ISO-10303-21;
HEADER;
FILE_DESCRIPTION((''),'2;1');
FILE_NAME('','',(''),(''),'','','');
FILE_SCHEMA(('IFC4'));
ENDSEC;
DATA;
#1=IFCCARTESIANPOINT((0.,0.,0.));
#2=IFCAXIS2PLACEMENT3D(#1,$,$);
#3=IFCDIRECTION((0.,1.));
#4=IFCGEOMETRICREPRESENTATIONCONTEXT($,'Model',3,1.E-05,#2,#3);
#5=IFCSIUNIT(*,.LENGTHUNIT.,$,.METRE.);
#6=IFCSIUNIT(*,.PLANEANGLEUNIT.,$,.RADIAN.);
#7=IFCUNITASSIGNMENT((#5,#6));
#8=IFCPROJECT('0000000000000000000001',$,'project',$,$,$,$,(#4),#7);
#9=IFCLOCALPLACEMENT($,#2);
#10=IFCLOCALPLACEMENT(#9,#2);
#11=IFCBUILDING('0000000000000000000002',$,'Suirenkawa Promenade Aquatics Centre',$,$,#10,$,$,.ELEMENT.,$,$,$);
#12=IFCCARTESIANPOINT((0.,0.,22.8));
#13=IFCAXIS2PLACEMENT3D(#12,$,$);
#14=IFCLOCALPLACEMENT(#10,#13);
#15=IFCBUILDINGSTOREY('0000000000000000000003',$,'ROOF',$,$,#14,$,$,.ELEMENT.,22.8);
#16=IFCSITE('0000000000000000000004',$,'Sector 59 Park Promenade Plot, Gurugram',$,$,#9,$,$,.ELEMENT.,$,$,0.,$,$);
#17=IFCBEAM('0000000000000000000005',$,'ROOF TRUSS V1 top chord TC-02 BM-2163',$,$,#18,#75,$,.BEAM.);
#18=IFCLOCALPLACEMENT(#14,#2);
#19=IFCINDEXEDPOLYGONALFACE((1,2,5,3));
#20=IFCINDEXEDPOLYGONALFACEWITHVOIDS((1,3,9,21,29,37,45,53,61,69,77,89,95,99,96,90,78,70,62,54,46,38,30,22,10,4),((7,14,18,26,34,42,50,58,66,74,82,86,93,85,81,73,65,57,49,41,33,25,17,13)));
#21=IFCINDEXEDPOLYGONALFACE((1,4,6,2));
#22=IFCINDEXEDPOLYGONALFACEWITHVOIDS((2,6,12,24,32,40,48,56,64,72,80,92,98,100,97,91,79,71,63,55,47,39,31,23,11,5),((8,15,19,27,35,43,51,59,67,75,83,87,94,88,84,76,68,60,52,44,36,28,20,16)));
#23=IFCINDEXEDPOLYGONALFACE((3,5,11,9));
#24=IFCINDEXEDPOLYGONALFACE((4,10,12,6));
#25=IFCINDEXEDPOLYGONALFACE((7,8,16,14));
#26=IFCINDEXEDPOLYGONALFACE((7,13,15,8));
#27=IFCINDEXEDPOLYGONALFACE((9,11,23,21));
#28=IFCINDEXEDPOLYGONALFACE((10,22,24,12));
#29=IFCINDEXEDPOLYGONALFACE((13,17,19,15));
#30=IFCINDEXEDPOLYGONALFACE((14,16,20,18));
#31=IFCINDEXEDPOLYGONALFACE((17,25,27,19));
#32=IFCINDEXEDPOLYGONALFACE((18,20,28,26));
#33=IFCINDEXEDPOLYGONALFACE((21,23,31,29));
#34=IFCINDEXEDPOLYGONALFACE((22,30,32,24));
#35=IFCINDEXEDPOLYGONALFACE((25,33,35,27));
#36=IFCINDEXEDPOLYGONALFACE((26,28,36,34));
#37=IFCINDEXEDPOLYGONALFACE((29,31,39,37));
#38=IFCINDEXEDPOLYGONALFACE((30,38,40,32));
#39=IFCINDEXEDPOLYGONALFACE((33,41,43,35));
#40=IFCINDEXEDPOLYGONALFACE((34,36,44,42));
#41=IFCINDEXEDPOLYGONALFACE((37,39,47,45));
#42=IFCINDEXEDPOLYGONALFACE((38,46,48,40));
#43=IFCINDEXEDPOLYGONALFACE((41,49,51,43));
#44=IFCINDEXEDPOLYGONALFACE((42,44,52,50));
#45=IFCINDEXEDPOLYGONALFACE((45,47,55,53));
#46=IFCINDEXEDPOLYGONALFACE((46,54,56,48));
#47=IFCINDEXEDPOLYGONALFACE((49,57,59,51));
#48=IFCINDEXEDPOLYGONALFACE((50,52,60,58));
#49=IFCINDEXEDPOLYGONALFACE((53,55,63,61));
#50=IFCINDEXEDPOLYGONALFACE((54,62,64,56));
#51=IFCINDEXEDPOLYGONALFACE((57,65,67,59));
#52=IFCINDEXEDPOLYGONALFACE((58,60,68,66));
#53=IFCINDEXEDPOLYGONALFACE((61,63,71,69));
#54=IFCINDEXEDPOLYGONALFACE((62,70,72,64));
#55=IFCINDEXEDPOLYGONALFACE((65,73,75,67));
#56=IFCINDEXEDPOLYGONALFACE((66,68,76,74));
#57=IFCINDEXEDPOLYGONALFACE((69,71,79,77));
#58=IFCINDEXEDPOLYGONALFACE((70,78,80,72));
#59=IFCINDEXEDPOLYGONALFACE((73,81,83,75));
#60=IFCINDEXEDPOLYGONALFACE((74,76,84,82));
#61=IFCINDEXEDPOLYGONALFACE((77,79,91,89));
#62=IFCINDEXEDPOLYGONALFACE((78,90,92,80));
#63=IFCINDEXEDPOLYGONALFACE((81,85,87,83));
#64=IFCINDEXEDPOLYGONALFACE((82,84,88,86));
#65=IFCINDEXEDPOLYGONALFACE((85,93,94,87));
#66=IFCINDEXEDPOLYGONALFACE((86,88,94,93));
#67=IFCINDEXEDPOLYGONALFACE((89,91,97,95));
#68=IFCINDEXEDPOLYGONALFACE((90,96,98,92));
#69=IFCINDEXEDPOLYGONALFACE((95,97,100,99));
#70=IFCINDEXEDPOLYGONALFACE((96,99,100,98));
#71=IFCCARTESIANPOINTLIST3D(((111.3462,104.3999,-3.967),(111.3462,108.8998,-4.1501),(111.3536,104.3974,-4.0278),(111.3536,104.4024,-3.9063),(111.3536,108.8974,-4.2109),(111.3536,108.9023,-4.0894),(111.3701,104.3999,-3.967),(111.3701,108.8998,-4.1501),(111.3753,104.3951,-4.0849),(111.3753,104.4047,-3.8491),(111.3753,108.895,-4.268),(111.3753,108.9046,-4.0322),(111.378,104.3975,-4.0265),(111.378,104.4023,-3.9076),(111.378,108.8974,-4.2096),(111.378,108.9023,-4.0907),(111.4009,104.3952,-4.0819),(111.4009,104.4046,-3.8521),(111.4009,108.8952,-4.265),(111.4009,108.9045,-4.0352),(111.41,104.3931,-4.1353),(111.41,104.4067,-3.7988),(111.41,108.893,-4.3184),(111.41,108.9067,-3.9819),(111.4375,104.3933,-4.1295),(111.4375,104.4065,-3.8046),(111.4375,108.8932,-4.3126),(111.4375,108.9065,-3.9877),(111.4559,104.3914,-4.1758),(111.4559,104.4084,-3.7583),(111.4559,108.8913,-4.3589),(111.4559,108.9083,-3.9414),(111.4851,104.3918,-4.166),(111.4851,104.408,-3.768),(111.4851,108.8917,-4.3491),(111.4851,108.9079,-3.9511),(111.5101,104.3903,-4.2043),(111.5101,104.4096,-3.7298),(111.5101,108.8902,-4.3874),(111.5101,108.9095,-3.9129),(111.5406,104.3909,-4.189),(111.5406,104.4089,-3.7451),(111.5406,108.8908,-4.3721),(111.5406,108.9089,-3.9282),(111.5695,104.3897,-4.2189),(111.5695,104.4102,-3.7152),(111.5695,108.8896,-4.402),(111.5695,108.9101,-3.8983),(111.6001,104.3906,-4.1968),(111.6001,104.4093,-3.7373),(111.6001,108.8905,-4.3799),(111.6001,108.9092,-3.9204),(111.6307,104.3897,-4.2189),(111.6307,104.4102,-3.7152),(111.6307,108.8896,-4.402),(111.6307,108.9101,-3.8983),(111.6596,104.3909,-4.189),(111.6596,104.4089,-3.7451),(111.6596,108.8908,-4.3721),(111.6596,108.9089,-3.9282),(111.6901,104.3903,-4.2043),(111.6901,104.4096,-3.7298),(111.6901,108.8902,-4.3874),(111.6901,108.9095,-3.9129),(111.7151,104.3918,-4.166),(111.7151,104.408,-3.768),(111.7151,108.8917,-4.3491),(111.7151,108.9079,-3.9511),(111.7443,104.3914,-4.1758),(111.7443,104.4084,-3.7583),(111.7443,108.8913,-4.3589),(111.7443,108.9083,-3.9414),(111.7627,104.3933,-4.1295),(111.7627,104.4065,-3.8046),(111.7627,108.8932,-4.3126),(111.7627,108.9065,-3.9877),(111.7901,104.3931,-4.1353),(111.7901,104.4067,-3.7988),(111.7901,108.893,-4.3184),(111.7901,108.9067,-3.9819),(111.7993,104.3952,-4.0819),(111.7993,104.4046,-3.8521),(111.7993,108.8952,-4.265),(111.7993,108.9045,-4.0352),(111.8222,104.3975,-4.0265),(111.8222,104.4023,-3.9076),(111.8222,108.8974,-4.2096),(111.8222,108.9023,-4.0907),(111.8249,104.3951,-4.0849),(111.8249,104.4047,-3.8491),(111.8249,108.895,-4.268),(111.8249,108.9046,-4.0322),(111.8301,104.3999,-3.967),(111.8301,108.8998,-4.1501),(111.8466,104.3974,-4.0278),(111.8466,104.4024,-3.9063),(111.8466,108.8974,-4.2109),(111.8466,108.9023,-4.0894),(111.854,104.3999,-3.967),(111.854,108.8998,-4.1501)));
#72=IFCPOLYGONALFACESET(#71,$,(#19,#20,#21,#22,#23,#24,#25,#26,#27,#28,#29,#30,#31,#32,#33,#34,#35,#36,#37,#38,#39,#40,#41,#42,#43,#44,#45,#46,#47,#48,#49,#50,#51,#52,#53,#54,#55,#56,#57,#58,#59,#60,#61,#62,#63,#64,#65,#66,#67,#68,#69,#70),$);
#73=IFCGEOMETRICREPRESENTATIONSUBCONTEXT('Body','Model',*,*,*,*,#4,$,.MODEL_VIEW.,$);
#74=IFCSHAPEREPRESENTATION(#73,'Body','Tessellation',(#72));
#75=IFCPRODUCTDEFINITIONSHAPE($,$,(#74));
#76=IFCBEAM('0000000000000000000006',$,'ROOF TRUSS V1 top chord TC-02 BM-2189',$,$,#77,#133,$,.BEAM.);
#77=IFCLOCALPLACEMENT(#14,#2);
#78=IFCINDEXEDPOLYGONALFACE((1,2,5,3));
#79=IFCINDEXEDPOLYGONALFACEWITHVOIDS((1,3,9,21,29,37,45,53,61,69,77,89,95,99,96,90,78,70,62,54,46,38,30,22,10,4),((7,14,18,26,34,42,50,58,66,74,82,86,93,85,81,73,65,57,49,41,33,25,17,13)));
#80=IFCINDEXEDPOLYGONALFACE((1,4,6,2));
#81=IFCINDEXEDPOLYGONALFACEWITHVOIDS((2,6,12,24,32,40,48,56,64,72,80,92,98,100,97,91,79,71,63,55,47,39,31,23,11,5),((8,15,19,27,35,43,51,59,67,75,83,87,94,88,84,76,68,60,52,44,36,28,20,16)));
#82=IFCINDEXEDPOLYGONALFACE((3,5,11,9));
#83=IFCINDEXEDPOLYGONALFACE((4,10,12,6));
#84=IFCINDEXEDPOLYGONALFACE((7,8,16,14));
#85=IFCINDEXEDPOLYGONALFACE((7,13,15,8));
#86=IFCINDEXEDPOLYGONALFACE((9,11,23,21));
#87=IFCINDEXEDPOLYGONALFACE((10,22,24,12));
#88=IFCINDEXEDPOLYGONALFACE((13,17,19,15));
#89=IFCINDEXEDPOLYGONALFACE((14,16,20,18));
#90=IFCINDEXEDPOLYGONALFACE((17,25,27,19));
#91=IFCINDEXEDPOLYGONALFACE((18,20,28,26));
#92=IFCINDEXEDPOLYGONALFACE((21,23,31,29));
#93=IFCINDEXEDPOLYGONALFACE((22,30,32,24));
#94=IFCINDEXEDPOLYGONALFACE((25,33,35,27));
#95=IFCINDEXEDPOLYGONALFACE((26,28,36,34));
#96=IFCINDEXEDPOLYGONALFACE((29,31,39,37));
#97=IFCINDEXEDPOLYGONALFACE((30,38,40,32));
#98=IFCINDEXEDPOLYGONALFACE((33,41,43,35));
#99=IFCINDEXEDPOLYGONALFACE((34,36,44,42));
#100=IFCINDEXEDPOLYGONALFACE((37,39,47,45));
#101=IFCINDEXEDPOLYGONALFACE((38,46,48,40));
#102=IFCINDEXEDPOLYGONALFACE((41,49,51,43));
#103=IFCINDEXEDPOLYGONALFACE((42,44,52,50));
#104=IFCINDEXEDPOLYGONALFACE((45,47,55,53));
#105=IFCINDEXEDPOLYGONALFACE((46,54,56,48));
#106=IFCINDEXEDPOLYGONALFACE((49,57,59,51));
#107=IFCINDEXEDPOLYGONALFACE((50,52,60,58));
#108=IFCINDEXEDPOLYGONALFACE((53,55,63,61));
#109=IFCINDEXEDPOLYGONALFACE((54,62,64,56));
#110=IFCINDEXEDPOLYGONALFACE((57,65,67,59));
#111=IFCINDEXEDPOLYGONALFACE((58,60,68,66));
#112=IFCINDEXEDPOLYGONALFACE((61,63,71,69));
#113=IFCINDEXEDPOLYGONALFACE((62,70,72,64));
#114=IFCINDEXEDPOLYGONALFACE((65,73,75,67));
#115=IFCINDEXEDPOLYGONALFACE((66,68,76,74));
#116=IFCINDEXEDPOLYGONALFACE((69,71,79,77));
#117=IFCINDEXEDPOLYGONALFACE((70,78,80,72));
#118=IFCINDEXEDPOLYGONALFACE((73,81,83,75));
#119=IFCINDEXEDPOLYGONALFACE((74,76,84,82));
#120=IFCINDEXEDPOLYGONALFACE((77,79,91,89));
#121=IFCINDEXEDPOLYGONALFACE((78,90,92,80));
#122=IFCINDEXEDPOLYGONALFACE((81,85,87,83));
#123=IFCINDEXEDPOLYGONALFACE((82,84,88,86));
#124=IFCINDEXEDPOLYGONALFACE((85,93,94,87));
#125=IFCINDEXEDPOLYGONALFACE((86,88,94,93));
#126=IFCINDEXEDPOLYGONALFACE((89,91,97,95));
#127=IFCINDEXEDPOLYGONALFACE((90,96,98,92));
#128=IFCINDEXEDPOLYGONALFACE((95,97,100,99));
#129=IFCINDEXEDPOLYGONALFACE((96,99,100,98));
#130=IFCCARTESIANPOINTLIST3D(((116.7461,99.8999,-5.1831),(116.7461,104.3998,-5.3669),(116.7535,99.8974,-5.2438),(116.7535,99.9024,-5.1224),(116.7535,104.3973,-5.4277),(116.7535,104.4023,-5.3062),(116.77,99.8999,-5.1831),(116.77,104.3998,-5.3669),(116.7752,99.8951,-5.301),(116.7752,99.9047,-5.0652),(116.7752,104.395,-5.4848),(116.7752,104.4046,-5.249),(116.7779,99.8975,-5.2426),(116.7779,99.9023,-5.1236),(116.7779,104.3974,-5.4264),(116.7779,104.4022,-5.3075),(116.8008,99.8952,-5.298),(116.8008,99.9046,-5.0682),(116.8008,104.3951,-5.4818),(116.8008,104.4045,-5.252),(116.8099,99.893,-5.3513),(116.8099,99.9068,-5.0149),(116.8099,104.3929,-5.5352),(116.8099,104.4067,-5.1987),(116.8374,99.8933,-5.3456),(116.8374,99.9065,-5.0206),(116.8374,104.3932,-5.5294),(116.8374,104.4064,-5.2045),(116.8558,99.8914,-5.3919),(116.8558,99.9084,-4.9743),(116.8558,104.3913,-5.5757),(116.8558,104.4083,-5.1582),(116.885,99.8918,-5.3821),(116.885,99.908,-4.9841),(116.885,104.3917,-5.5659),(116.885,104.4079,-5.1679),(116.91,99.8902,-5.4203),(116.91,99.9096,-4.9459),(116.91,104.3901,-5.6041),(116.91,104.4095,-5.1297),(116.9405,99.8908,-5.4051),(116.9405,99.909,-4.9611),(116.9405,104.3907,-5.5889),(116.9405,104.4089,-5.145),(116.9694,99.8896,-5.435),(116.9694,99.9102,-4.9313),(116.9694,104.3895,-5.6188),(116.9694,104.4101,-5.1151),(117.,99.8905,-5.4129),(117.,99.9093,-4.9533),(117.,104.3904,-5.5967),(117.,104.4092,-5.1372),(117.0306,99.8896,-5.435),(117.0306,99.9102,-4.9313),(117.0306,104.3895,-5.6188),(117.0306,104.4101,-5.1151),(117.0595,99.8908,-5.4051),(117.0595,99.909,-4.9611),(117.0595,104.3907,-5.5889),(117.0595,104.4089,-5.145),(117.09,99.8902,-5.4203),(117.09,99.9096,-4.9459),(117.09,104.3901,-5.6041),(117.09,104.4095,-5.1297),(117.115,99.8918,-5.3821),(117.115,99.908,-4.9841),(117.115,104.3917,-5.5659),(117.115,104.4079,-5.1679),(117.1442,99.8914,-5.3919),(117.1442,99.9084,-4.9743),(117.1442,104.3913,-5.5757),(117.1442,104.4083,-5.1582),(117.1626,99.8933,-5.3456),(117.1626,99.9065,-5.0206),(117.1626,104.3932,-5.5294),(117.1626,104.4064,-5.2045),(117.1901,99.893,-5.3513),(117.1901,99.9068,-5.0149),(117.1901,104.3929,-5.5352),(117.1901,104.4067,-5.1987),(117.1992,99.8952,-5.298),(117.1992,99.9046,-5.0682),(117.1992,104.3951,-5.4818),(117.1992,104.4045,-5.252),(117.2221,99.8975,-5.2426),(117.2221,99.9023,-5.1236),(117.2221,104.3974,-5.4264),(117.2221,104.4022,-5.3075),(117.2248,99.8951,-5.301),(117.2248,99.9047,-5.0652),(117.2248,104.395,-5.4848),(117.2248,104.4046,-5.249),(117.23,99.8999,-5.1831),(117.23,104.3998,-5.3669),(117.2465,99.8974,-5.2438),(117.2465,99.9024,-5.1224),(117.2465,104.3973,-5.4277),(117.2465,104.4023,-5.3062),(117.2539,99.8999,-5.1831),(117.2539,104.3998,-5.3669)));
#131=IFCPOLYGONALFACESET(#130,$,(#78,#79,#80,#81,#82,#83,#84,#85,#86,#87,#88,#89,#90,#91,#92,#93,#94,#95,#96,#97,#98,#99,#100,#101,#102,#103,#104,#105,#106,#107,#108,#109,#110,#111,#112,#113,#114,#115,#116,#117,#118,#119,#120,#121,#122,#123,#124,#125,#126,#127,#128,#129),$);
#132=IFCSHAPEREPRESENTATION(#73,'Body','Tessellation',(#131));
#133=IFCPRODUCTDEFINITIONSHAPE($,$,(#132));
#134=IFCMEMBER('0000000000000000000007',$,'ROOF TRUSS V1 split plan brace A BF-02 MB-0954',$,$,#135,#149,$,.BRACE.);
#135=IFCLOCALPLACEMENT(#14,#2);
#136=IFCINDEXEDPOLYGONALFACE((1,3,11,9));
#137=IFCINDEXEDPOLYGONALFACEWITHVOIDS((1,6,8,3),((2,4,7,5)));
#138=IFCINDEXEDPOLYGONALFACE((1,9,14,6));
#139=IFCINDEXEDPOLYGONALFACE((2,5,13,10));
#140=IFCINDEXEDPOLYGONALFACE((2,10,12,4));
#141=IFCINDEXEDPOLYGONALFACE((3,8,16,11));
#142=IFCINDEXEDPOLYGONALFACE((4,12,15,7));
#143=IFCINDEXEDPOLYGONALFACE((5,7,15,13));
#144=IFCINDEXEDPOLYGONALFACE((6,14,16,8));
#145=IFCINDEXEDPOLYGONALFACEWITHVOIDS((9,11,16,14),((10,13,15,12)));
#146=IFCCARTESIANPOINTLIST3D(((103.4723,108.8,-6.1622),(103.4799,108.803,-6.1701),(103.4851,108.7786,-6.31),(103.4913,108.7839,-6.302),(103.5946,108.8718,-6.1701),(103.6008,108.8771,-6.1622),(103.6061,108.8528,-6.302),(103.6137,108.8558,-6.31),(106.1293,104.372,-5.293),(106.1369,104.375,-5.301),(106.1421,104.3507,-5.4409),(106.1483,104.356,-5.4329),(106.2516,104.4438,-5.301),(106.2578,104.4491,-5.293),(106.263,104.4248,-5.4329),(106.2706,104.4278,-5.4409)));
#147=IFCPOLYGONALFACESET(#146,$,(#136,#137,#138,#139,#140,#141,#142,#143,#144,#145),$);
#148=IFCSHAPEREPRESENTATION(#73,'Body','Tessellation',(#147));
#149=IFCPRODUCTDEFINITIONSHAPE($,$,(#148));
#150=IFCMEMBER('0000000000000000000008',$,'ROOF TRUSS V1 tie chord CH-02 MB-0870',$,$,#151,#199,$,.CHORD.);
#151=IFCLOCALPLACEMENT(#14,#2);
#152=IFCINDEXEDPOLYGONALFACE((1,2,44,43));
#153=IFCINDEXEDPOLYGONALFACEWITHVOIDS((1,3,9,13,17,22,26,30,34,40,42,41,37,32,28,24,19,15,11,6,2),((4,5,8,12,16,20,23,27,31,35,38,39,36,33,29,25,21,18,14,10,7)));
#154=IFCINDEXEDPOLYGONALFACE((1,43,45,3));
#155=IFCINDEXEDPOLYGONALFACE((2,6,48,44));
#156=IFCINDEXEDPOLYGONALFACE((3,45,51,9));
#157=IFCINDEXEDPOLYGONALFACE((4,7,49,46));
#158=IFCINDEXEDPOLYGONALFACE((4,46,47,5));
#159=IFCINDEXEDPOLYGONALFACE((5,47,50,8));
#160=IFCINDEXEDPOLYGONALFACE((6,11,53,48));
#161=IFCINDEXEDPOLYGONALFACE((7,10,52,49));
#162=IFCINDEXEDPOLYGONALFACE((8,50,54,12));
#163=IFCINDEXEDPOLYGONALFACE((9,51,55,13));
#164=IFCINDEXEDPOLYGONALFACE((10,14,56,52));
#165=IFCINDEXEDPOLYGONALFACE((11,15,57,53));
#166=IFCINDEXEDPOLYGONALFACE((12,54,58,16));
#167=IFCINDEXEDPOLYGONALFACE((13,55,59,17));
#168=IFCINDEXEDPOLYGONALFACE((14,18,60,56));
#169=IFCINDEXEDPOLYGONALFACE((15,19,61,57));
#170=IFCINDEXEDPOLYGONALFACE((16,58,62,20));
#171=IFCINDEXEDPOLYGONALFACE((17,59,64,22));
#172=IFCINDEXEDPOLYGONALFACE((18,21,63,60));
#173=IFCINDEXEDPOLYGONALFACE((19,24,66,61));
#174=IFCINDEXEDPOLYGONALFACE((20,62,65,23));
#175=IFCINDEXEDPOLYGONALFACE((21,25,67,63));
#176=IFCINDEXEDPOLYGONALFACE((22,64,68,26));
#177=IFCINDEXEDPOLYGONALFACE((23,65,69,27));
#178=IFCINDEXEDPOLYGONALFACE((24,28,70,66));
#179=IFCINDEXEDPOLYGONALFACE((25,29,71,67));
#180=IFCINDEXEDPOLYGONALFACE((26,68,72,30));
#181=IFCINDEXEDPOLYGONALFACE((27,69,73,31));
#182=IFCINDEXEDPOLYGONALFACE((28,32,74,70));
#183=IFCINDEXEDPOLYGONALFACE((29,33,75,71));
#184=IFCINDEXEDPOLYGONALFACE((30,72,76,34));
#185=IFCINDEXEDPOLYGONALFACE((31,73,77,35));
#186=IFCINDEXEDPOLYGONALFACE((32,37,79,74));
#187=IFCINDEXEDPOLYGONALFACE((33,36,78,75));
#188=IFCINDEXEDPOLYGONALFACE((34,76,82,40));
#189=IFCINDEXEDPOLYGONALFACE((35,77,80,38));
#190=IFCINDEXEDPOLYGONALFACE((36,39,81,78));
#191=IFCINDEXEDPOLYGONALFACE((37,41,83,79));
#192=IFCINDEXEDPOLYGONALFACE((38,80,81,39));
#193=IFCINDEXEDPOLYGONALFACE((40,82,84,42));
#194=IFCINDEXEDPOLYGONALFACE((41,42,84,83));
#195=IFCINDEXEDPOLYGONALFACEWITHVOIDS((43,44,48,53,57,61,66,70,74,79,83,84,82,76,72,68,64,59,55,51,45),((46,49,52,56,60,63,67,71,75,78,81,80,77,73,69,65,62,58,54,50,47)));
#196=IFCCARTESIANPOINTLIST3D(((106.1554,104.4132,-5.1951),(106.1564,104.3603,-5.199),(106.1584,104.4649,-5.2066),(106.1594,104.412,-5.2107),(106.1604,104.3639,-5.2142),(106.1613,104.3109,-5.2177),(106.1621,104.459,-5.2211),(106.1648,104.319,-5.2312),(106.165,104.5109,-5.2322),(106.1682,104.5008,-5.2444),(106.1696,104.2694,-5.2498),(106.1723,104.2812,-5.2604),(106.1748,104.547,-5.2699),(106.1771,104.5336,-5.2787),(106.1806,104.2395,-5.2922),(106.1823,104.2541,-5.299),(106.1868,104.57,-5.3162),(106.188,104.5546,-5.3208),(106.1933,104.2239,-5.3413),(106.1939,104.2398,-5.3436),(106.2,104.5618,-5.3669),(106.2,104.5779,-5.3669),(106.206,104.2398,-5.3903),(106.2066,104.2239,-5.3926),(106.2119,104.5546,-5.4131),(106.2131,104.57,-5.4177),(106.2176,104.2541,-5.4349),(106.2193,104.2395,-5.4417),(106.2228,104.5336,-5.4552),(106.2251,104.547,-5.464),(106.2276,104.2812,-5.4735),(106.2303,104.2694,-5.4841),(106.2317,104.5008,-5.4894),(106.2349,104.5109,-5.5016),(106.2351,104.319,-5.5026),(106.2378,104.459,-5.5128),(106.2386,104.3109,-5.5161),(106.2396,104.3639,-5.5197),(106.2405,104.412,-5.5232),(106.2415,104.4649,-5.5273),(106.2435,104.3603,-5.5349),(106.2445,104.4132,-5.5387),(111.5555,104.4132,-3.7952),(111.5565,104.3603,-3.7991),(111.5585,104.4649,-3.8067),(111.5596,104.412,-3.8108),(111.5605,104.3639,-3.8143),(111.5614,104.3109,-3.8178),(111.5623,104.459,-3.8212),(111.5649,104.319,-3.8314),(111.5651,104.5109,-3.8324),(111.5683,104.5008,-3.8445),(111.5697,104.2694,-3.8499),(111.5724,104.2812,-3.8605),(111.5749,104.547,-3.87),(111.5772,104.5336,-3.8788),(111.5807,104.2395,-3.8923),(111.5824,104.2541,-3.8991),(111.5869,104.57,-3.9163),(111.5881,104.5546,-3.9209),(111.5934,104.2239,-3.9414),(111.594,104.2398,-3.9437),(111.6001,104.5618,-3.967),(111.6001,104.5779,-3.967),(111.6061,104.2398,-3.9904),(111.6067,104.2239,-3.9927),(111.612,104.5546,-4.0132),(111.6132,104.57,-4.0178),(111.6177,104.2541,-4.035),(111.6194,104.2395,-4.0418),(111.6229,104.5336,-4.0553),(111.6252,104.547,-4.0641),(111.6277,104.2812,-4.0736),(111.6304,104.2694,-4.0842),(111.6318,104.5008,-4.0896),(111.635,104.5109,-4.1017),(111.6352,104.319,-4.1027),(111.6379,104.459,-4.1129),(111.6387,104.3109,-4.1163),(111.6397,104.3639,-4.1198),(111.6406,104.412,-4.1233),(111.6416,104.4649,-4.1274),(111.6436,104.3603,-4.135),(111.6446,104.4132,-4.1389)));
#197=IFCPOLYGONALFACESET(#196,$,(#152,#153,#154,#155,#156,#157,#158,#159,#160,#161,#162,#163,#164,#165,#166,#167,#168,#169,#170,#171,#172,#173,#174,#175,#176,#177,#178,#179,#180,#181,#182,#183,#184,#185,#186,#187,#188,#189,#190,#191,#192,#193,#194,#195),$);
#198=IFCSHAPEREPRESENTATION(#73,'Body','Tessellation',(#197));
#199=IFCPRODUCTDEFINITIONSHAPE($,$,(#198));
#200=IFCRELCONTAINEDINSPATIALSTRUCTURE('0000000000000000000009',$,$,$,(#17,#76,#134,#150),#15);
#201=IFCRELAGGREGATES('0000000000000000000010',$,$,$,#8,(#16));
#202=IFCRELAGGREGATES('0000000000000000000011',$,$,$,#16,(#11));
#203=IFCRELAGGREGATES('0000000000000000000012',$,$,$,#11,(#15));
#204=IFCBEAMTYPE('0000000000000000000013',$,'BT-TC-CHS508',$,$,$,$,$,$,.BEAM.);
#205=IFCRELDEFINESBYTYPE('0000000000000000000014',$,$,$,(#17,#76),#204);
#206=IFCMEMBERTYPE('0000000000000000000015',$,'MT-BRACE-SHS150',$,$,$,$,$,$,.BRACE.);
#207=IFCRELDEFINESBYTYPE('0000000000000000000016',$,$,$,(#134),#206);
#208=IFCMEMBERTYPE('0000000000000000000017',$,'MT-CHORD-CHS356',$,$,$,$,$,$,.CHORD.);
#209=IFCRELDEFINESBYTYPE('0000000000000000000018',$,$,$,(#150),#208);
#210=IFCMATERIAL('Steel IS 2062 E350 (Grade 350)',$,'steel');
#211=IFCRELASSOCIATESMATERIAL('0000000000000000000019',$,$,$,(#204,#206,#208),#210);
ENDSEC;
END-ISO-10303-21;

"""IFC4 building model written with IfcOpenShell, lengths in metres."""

from ifc_helpers import new_model, si_unit, direction, frame, origin, origin_2d, place, context, subcontext, project, spatial, hollow_rectangle, hollow_circle, extrude, material, material_profile, profile_set, type_object, element, save


model = new_model("IFC4")

# Units and contexts
model_context = context("Model", 3, precision=1e-05, world=origin(), true_north=direction((0.0, 1.0)))
body_context = subcontext(model_context, "Body", "Model", "MODEL_VIEW")
ifc_project = project(units=[si_unit("LENGTHUNIT", "METRE"), si_unit("PLANEANGLEUNIT", "RADIAN")], contexts=[model_context])

# Site, building, storey
site_placement = place(None, origin())
site = spatial("IfcSite", under=ifc_project, at=site_placement, Name="Sector 59 Park Promenade Plot, Gurugram", CompositionType="ELEMENT", RefElevation=0.0)
building_placement = place(site_placement, origin())
building = spatial("IfcBuilding", under=site, at=building_placement, Name="Suirenkawa Promenade Aquatics Centre", CompositionType="ELEMENT")
storey_placement = place(building_placement, frame((0.0, 0.0, 22.8)))
storey = spatial("IfcBuildingStorey", under=building, at=storey_placement, Name="ROOF", CompositionType="ELEMENT", Elevation=22.8)

# Beams
ifc_material = material(Name="Steel IS 2062 E350 (Grade 350)", Category="steel")
ifc_material_profile_1 = material_profile(ifc_material, hollow_circle(Radius=0.2539, WallThickness=0.0239, at=origin_2d()), Name="CHS 508x24", Category="steel")
ifc_profile_set_1 = profile_set([ifc_material_profile_1], Name="Steel IS 2062 E350 (Grade 350)")
beam_type_1 = type_object("IfcBeamType", Name="BT-TC-CHS508", PredefinedType="BEAM", material=ifc_profile_set_1)
for number, where, z_axis, x_axis, name in (
    (1, (111.6001, 104.3999, -3.967), (0.0, 0.999173, -0.040656), (-1.0, 0.0, 0.0), "ROOF TRUSS V1 top chord TC-02 BM-2163"),
    (2, (117.0, 99.8999, -5.1831), (0.0, 0.999167, -0.040819), (-1.0, 0.0, 0.0), "ROOF TRUSS V1 top chord TC-02 BM-2189"),
):
    element("IfcBeam", number, at=place(storey_placement, frame(where, z_axis=z_axis, x_axis=x_axis)), inside=storey, type_object=beam_type_1, Name=name, PredefinedType="BEAM", context=body_context, shape_type="SweptSolid", body=[
        extrude(hollow_circle(Radius=0.2539, WallThickness=0.0239, at=origin_2d()), origin(), (0.0, 0.0, 1.0), 4.5037),
    ])

# Members
ifc_material_profile_2 = material_profile(ifc_material, hollow_rectangle(XDim=0.1499, YDim=0.1499, WallThickness=0.0081, at=origin_2d()), Name="SHS 150x150x8", Category="steel")
ifc_profile_set_2 = profile_set([ifc_material_profile_2], Name="Steel IS 2062 E350 (Grade 350)")
member_type_1 = type_object("IfcMemberType", Name="MT-BRACE-SHS150", PredefinedType="BRACE", material=ifc_profile_set_2)
member_1_placement = place(storey_placement, frame((106.2, 104.3999, -5.3669), z_axis=(-0.507387, 0.845583, -0.165974), x_axis=(-0.857476, -0.514524, 0.0)))
element("IfcMember", 3, at=member_1_placement, inside=storey, type_object=member_type_1, Name="ROOF TRUSS V1 split plan brace A BF-02 MB-0954", PredefinedType="BRACE", context=body_context, shape_type="SweptSolid", body=[
    extrude(hollow_rectangle(XDim=0.1499, YDim=0.1499, WallThickness=0.0081, at=origin_2d()), origin(), (0.0, 0.0, 1.0), 5.2366),
])
ifc_material_profile_3 = material_profile(ifc_material, hollow_circle(Radius=0.178, WallThickness=0.0161, at=origin_2d()), Name="CHS 356x16", Category="steel")
ifc_profile_set_3 = profile_set([ifc_material_profile_3], Name="Steel IS 2062 E350 (Grade 350)")
member_type_2 = type_object("IfcMemberType", Name="MT-CHORD-CHS356", PredefinedType="CHORD", material=ifc_profile_set_3)
member_2_placement = place(storey_placement, frame((106.2, 104.3999, -5.3669), z_axis=(0.968003, 0.0, 0.250939), x_axis=(0.0, 1.0, 0.0)))
element("IfcMember", 4, at=member_2_placement, inside=storey, type_object=member_type_2, Name="ROOF TRUSS V1 tie chord CH-02 MB-0870", PredefinedType="CHORD", context=body_context, shape_type="SweptSolid", body=[
    extrude(hollow_circle(Radius=0.178, WallThickness=0.0161, at=origin_2d()), origin(), (0.0, 0.0, 1.0), 5.5786),
])

save(model, "model.ifc")
